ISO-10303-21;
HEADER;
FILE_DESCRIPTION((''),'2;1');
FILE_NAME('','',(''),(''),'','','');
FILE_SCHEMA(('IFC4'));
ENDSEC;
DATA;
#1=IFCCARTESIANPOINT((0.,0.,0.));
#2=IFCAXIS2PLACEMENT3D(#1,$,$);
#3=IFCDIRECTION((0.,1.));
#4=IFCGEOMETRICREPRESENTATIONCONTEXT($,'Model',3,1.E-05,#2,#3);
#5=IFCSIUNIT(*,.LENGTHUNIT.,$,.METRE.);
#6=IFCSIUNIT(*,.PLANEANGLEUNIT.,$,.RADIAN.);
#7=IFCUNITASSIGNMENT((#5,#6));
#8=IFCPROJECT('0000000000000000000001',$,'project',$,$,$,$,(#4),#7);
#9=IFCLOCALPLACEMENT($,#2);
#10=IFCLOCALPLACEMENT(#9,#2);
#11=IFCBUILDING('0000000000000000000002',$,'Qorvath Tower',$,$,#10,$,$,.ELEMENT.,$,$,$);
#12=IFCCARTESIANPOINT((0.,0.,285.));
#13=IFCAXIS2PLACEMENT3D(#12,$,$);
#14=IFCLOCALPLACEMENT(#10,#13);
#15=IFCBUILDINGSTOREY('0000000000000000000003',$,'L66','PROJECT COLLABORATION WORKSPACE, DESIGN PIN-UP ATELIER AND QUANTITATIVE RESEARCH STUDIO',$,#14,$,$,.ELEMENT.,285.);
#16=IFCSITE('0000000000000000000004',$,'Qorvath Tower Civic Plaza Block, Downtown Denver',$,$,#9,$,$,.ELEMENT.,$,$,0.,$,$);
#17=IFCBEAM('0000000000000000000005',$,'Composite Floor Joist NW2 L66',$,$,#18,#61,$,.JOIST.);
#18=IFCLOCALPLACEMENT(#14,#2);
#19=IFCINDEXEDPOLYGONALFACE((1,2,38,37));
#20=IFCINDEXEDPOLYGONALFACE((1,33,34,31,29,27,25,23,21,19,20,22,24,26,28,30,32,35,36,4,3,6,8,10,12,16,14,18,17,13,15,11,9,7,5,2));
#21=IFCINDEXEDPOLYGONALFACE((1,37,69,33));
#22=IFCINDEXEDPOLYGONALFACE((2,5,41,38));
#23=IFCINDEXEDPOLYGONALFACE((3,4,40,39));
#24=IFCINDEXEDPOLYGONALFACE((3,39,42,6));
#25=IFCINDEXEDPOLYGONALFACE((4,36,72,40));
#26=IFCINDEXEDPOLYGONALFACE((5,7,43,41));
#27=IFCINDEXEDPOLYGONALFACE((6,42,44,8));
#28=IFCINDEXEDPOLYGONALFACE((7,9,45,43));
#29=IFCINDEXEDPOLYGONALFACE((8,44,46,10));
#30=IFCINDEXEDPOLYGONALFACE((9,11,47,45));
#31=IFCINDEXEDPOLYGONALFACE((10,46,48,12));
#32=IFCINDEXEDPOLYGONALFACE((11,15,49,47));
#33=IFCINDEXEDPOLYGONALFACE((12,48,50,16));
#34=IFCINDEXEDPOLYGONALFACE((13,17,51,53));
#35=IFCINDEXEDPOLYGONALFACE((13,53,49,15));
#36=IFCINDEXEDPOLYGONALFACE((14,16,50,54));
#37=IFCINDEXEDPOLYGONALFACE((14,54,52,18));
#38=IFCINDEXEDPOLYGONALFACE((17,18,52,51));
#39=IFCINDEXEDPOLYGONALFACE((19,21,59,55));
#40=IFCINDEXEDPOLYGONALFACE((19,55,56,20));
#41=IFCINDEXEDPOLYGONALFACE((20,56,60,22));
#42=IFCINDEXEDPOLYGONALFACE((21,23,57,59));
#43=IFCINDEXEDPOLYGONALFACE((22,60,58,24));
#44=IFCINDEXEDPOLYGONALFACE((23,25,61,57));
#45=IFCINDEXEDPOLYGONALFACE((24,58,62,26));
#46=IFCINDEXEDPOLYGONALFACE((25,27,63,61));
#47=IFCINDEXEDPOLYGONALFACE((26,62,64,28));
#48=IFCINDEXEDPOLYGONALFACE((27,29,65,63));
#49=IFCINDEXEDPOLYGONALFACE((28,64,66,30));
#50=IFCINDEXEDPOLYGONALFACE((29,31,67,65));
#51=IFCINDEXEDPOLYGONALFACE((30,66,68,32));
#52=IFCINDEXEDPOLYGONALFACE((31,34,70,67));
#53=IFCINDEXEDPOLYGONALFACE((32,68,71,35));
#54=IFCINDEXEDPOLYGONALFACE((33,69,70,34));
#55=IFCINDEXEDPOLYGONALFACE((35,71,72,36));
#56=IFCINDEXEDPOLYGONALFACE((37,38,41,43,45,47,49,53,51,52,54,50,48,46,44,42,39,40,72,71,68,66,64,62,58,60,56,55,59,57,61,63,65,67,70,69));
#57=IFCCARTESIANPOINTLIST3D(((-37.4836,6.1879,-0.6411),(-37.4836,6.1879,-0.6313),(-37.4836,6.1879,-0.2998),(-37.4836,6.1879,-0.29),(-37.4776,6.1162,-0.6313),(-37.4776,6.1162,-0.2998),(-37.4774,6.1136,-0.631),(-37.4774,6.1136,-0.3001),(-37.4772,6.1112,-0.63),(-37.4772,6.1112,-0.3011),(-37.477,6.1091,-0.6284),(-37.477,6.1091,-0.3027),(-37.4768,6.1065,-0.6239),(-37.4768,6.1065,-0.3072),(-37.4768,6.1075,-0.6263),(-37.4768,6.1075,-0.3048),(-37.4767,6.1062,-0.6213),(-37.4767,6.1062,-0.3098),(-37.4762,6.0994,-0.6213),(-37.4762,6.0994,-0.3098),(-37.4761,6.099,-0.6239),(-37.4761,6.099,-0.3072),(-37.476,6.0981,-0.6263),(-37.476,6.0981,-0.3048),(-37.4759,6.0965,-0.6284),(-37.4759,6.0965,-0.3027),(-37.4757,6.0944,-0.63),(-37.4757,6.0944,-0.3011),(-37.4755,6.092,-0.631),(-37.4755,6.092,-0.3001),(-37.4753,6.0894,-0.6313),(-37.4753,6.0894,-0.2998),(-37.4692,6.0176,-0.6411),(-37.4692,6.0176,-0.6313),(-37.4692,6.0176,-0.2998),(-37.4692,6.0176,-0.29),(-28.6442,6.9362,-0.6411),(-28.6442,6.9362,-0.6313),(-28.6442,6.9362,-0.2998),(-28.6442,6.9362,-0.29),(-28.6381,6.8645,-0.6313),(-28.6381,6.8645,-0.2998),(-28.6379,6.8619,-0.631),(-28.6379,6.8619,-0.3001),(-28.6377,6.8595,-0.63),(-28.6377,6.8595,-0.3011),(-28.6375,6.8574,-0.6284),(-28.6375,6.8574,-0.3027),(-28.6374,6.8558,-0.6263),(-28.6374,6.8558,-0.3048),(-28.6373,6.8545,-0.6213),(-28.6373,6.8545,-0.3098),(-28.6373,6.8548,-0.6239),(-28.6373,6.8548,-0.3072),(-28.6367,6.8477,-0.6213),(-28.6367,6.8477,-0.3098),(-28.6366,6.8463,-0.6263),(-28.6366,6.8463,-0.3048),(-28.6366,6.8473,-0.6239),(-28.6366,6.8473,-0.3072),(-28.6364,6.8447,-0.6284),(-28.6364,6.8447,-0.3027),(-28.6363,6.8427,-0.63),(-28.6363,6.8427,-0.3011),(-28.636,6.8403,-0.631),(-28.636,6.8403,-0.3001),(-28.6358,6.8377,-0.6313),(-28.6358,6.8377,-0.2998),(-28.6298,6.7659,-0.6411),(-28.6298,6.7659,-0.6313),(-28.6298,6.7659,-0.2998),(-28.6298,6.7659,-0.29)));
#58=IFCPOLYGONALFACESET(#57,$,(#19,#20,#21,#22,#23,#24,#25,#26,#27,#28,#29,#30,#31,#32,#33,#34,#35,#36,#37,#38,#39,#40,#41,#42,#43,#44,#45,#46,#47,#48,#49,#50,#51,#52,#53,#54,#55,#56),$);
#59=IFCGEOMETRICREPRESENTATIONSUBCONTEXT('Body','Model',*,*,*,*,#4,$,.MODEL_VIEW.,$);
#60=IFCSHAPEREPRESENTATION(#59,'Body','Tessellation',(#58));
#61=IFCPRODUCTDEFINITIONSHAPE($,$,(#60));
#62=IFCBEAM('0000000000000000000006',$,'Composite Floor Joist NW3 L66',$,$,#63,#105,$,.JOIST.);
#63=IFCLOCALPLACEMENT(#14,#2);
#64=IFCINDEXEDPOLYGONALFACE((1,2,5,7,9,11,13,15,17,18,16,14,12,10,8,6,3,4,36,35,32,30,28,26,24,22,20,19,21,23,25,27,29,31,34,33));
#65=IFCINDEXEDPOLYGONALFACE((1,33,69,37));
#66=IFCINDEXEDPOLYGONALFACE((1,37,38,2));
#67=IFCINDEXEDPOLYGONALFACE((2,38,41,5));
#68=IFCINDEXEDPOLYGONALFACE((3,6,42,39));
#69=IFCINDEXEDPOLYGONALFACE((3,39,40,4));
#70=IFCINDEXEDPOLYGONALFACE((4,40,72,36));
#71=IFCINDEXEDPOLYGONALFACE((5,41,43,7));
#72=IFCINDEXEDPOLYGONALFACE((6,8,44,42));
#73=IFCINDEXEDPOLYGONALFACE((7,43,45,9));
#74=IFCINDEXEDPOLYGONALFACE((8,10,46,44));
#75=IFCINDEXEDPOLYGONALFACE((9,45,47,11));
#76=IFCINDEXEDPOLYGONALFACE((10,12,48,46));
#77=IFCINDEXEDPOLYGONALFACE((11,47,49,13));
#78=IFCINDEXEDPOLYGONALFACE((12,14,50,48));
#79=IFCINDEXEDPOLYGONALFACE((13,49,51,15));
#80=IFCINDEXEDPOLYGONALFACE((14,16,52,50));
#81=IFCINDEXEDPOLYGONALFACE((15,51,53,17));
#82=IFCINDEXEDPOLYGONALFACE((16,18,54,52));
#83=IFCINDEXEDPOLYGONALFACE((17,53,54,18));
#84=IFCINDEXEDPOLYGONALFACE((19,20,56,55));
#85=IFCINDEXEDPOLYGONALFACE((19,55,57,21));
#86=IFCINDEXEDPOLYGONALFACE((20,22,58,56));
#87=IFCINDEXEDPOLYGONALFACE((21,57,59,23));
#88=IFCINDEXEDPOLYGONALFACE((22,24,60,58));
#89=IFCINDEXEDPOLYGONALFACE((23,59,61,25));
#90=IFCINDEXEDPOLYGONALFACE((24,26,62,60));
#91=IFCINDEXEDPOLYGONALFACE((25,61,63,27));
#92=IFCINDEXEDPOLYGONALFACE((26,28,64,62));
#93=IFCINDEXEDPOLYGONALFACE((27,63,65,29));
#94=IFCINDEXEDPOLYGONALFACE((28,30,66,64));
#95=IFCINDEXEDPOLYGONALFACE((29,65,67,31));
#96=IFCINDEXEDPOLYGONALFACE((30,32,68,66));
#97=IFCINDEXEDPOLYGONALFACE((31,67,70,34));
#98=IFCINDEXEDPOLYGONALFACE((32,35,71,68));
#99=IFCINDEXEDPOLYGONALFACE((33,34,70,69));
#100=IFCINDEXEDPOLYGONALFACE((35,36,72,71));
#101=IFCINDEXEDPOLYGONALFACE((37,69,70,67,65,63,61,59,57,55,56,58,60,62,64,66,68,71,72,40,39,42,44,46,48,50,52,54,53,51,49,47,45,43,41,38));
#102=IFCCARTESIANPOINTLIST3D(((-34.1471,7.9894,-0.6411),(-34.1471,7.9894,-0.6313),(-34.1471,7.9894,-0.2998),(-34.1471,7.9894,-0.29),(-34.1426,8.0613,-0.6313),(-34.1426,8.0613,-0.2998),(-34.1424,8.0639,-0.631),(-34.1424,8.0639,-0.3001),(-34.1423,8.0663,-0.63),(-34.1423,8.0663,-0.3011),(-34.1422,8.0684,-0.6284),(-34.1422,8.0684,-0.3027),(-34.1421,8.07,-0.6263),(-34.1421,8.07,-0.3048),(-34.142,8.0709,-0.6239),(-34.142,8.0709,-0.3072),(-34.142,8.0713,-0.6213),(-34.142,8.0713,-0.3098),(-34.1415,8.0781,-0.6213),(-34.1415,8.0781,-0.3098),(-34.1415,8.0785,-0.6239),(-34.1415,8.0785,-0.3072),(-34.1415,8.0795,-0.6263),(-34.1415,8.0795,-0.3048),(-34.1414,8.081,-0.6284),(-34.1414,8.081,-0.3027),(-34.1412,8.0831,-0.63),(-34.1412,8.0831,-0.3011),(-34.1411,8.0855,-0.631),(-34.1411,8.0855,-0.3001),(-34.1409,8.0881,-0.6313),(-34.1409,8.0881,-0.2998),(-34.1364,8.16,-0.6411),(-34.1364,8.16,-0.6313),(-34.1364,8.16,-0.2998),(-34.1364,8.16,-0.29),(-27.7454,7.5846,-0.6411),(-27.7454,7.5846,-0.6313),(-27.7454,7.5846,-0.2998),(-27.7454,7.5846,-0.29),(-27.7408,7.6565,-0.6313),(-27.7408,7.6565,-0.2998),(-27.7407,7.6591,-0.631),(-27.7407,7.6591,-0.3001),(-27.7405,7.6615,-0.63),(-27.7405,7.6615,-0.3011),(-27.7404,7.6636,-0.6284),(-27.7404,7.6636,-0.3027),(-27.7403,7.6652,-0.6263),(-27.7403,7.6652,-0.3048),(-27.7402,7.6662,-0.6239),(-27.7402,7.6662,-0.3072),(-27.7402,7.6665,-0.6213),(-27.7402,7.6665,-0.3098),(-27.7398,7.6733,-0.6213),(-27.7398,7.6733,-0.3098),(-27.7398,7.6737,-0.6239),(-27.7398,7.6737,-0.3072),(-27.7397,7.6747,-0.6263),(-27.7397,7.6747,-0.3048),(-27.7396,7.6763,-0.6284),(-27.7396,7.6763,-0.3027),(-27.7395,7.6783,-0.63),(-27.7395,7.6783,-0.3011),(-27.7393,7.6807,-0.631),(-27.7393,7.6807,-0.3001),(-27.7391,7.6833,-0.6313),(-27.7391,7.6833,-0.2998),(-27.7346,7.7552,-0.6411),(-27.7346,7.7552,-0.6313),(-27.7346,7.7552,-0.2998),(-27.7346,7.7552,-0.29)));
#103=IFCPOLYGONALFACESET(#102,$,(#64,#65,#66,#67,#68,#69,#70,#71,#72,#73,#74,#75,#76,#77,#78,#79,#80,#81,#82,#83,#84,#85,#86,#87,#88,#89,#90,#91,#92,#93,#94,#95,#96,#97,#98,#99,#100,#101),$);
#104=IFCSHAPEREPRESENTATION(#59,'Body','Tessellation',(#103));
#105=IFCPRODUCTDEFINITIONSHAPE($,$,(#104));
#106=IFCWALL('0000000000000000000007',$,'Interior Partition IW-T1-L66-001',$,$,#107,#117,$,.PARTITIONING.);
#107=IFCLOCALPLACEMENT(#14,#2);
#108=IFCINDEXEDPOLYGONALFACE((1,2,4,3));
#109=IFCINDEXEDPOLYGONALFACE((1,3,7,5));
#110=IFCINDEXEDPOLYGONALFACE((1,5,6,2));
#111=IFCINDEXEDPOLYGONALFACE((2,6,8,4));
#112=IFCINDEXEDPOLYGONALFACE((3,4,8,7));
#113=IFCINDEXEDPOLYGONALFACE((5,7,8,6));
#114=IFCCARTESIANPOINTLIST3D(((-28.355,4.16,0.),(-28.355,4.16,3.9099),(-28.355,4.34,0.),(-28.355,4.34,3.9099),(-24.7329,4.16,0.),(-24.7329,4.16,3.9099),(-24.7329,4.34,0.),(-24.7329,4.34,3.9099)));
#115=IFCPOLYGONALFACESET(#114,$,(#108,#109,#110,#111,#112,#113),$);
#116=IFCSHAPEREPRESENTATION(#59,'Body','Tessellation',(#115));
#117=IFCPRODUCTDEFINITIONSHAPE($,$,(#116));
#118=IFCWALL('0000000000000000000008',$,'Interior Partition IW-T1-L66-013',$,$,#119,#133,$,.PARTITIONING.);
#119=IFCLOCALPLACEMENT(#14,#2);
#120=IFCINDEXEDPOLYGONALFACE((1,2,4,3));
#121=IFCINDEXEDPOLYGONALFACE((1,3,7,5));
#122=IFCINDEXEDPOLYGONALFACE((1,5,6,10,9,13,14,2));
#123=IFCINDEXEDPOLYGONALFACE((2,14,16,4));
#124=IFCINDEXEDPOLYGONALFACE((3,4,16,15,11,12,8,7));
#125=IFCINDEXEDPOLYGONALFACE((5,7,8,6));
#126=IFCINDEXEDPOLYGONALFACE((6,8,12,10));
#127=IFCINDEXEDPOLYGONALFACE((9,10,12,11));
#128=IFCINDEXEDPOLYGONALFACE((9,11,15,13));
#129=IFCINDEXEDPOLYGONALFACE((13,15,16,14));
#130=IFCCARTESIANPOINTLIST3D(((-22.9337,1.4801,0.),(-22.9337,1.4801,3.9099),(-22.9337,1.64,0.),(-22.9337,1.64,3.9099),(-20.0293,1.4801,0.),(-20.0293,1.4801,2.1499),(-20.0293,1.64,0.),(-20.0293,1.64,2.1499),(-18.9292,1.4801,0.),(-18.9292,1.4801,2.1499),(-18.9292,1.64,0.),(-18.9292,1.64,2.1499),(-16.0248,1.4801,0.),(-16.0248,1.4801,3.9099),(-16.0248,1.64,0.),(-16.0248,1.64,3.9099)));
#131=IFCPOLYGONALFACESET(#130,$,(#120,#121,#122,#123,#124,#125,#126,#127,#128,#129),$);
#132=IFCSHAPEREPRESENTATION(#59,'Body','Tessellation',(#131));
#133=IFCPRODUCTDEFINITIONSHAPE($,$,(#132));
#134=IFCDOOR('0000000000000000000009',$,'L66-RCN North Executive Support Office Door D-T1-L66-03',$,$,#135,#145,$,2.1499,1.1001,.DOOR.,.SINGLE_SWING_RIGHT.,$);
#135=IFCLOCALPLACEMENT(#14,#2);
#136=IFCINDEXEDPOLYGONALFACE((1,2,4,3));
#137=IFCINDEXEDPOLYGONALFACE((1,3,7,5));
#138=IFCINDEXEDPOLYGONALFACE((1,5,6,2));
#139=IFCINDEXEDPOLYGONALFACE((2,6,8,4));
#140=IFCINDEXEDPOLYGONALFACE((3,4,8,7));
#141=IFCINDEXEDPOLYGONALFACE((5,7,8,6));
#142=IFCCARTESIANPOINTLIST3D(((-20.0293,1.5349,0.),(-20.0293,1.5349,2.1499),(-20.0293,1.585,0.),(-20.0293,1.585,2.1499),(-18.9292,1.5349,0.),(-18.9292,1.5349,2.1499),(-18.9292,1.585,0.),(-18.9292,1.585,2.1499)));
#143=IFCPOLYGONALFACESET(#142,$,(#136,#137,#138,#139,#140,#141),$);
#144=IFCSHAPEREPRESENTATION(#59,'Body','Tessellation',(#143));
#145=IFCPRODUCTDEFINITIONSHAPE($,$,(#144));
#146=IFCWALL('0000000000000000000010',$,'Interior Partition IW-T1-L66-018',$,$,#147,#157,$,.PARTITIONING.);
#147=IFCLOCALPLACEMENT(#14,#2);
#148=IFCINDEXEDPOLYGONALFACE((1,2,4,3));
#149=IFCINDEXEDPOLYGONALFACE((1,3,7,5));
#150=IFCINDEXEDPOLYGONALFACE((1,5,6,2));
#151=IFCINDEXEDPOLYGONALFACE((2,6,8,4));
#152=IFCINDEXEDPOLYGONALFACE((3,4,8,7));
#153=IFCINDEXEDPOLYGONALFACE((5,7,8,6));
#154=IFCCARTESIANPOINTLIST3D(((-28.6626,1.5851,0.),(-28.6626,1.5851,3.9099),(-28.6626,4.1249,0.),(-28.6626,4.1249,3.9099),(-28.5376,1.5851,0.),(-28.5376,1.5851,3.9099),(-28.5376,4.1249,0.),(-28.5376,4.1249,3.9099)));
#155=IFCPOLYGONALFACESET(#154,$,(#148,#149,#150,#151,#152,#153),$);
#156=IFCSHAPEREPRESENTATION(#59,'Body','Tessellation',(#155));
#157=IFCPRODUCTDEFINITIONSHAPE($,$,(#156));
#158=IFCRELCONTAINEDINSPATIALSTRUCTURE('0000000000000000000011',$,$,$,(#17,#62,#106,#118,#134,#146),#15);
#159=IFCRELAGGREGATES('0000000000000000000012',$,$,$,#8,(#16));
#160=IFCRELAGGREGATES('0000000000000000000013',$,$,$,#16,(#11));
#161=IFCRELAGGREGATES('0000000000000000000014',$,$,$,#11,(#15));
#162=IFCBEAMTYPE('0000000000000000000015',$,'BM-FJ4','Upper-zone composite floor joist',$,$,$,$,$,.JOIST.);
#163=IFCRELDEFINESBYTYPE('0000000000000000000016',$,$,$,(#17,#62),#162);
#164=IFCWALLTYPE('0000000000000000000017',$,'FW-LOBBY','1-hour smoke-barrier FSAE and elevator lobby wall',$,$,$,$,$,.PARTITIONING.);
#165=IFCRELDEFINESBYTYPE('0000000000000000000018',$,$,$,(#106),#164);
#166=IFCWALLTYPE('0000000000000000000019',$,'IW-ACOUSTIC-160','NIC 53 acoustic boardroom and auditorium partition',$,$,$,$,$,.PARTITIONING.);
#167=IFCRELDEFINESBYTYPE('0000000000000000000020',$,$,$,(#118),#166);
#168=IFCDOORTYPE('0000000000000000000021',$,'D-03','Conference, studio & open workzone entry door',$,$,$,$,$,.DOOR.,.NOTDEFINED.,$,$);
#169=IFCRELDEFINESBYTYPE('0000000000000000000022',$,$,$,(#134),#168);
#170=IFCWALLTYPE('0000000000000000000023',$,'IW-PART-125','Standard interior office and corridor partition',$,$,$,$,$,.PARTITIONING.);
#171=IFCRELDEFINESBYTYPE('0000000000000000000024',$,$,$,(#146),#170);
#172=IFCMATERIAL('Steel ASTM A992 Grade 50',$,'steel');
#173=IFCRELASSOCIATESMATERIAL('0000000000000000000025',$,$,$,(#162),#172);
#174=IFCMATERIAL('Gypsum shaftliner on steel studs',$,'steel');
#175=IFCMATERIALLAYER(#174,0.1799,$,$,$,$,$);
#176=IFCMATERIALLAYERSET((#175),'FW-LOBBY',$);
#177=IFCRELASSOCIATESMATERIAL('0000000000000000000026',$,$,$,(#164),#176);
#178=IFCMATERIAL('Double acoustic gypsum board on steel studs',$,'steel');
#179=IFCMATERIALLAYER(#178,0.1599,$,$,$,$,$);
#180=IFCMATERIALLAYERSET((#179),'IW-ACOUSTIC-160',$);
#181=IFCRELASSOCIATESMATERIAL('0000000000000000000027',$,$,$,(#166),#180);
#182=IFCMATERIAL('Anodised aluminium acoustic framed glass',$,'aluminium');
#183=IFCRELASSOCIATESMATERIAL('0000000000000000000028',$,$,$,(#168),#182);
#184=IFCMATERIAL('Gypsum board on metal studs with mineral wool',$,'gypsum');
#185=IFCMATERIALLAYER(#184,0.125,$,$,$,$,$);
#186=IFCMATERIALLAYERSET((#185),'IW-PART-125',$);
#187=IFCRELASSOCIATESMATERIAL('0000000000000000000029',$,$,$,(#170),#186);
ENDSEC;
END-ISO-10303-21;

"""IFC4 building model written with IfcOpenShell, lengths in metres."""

from ifc_helpers import new_model, si_unit, direction, frame, frame_2d, origin, origin_2d, place, context, subcontext, project, spatial, rectangle, i_section, extrude, material, layer, layer_set, material_profile, profile_set, type_object, element, fill, save


model = new_model("IFC4")

# Units and contexts
model_context = context("Model", 3, precision=1e-05, world=origin(), true_north=direction((0.0, 1.0)))
body_context = subcontext(model_context, "Body", "Model", "MODEL_VIEW")
ifc_project = project(units=[si_unit("LENGTHUNIT", "METRE"), si_unit("PLANEANGLEUNIT", "RADIAN")], contexts=[model_context])

# Site, building, storey
site_placement = place(None, origin())
site = spatial("IfcSite", under=ifc_project, at=site_placement, Name="Qorvath Tower Civic Plaza Block, Downtown Denver", CompositionType="ELEMENT", RefElevation=0.0)
building_placement = place(site_placement, origin())
building = spatial("IfcBuilding", under=site, at=building_placement, Name="Qorvath Tower", CompositionType="ELEMENT")
storey_placement = place(building_placement, frame((0.0, 0.0, 285.0)))
storey = spatial("IfcBuildingStorey", under=building, at=storey_placement, Name="L66", Description="PROJECT COLLABORATION WORKSPACE, DESIGN PIN-UP ATELIER AND QUANTITATIVE RESEARCH STUDIO", CompositionType="ELEMENT", Elevation=285.0)

# Beams
ifc_material_1 = material(Name="Steel ASTM A992 Grade 50", Category="steel")
ifc_material_profile = material_profile(ifc_material_1, i_section(OverallWidth=0.1709, OverallDepth=0.3511, WebThickness=0.0068, FlangeThickness=0.0098, FilletRadius=0.01, at=origin_2d()), Name="W14x30")
ifc_profile_set = profile_set([ifc_material_profile], Name="Steel ASTM A992 Grade 50")
beam_type = type_object("IfcBeamType", Name="BM-FJ4", Description="Upper-zone composite floor joist", PredefinedType="JOIST", material=ifc_profile_set)
beam_1_placement = place(storey_placement, frame((-28.637, 6.8511, -0.4656), z_axis=(-0.996436, -0.08435, 0.0), x_axis=(0.08435, -0.996436, 0.0)))
element("IfcBeam", 1, at=beam_1_placement, inside=storey, type_object=beam_type, Name="Composite Floor Joist NW2 L66", PredefinedType="JOIST", context=body_context, shape_type="SweptSolid", body=[
    extrude(i_section(OverallWidth=0.1709, OverallDepth=0.3511, WebThickness=0.0068, FlangeThickness=0.0098, FilletRadius=0.01, at=origin_2d()), origin(), (0.0, 0.0, 1.0), 8.8711),
])
beam_2_placement = place(storey_placement, frame((-27.74, 7.6699, -0.4656), z_axis=(-0.998007, 0.063103, 0.0), x_axis=(-0.063103, -0.998007, 0.0)))
element("IfcBeam", 2, at=beam_2_placement, inside=storey, type_object=beam_type, Name="Composite Floor Joist NW3 L66", PredefinedType="JOIST", context=body_context, shape_type="SweptSolid", body=[
    extrude(i_section(OverallWidth=0.1709, OverallDepth=0.3511, WebThickness=0.0068, FlangeThickness=0.0098, FilletRadius=0.01, at=origin_2d()), origin(), (0.0, 0.0, 1.0), 6.4146),
])

# Wall
ifc_material_2 = material(Name="Gypsum shaftliner on steel studs", Category="steel")
ifc_layer_1 = layer(ifc_material_2, 0.1799)
ifc_layer_set_1 = layer_set([ifc_layer_1], Name="FW-LOBBY")
wall_type_1 = type_object("IfcWallType", Name="FW-LOBBY", Description="1-hour smoke-barrier FSAE and elevator lobby wall", PredefinedType="PARTITIONING", material=ifc_layer_set_1)
wall_1_placement = place(storey_placement, frame((-28.355, 4.25, 0.0), z_axis=(0.0, 0.0, 1.0), x_axis=(1.0, 0.0, 0.0)))
element("IfcWall", 3, at=wall_1_placement, inside=storey, type_object=wall_type_1, Name="Interior Partition IW-T1-L66-001", PredefinedType="PARTITIONING", context=body_context, shape_type="SweptSolid", body=[
    extrude(rectangle(XDim=3.6221, YDim=0.1799, at=frame_2d((1.811, 0.0))), origin(), (0.0, 0.0, 1.0), 3.9099),
])

# Wall, opening, door
ifc_material_3 = material(Name="Double acoustic gypsum board on steel studs", Category="steel")
ifc_layer_2 = layer(ifc_material_3, 0.1599)
ifc_layer_set_2 = layer_set([ifc_layer_2], Name="IW-ACOUSTIC-160")
wall_type_2 = type_object("IfcWallType", Name="IW-ACOUSTIC-160", Description="NIC 53 acoustic boardroom and auditorium partition", PredefinedType="PARTITIONING", material=ifc_layer_set_2)
wall_2_placement = place(storey_placement, frame((-22.9338, 1.5601, 0.0), z_axis=(0.0, 0.0, 1.0), x_axis=(1.0, 0.0, 0.0)))
wall_2 = element("IfcWall", 4, at=wall_2_placement, inside=storey, type_object=wall_type_2, Name="Interior Partition IW-T1-L66-013", PredefinedType="PARTITIONING", context=body_context, shape_type="SweptSolid", body=[
    extrude(rectangle(XDim=6.9089, YDim=0.1599, at=frame_2d((3.4546, 0.0))), origin(), (0.0, 0.0, 1.0), 3.9099),
])
opening_1_placement = place(wall_2_placement, frame((2.9045, 0.0, 0.0)))
opening_1 = element("IfcOpeningElement", 5, at=opening_1_placement, cuts=wall_2, PredefinedType="OPENING", context=body_context, shape_type="SweptSolid", body=[
    extrude(rectangle(XDim=1.1001, YDim=2.1499, at=frame_2d((0.55, 1.075))), frame((0.0, 0.0898, 0.0), z_axis=(0.0, -1.0, 0.0), x_axis=(1.0, 0.0, 0.0)), (0.0, 0.0, 1.0), 0.1799),
])
ifc_material_4 = material(Name="Anodised aluminium acoustic framed glass", Category="aluminium")
door_type_1 = type_object("IfcDoorType", Name="D-03", Description="Conference, studio & open workzone entry door", OperationType="NOTDEFINED", PredefinedType="DOOR", material=ifc_material_4)
door_1_placement = place(opening_1_placement, origin())
door_1 = element("IfcDoor", 6, at=door_1_placement, inside=storey, type_object=door_type_1, Name="L66-RCN North Executive Support Office Door D-T1-L66-03", OperationType="SINGLE_SWING_RIGHT", OverallHeight=2.1499, OverallWidth=1.1001, PredefinedType="DOOR", context=body_context, shape_type="SweptSolid", body=[
    extrude(rectangle(XDim=1.1001, YDim=2.1499, at=frame_2d((0.55, 1.075))), frame((0.0, 0.0249, 0.0), z_axis=(0.0, -1.0, 0.0), x_axis=(1.0, 0.0, 0.0)), (0.0, 0.0, 1.0), 0.05),
])
fill(opening_1, door_1)

# Wall
ifc_material_5 = material(Name="Gypsum board on metal studs with mineral wool", Category="gypsum")
ifc_layer_3 = layer(ifc_material_5, 0.125)
ifc_layer_set_3 = layer_set([ifc_layer_3], Name="IW-PART-125")
wall_type_3 = type_object("IfcWallType", Name="IW-PART-125", Description="Standard interior office and corridor partition", PredefinedType="PARTITIONING", material=ifc_layer_set_3)
wall_3_placement = place(storey_placement, frame((-28.6001, 4.125, 0.0), z_axis=(0.0, 0.0, 1.0), x_axis=(0.0, -1.0, 0.0)))
element("IfcWall", 7, at=wall_3_placement, inside=storey, type_object=wall_type_3, Name="Interior Partition IW-T1-L66-018", PredefinedType="PARTITIONING", context=body_context, shape_type="SweptSolid", body=[
    extrude(rectangle(XDim=2.5398, YDim=0.125, at=frame_2d((1.27, 0.0))), origin(), (0.0, 0.0, 1.0), 3.9099),
])

save(model, "model.ifc")
